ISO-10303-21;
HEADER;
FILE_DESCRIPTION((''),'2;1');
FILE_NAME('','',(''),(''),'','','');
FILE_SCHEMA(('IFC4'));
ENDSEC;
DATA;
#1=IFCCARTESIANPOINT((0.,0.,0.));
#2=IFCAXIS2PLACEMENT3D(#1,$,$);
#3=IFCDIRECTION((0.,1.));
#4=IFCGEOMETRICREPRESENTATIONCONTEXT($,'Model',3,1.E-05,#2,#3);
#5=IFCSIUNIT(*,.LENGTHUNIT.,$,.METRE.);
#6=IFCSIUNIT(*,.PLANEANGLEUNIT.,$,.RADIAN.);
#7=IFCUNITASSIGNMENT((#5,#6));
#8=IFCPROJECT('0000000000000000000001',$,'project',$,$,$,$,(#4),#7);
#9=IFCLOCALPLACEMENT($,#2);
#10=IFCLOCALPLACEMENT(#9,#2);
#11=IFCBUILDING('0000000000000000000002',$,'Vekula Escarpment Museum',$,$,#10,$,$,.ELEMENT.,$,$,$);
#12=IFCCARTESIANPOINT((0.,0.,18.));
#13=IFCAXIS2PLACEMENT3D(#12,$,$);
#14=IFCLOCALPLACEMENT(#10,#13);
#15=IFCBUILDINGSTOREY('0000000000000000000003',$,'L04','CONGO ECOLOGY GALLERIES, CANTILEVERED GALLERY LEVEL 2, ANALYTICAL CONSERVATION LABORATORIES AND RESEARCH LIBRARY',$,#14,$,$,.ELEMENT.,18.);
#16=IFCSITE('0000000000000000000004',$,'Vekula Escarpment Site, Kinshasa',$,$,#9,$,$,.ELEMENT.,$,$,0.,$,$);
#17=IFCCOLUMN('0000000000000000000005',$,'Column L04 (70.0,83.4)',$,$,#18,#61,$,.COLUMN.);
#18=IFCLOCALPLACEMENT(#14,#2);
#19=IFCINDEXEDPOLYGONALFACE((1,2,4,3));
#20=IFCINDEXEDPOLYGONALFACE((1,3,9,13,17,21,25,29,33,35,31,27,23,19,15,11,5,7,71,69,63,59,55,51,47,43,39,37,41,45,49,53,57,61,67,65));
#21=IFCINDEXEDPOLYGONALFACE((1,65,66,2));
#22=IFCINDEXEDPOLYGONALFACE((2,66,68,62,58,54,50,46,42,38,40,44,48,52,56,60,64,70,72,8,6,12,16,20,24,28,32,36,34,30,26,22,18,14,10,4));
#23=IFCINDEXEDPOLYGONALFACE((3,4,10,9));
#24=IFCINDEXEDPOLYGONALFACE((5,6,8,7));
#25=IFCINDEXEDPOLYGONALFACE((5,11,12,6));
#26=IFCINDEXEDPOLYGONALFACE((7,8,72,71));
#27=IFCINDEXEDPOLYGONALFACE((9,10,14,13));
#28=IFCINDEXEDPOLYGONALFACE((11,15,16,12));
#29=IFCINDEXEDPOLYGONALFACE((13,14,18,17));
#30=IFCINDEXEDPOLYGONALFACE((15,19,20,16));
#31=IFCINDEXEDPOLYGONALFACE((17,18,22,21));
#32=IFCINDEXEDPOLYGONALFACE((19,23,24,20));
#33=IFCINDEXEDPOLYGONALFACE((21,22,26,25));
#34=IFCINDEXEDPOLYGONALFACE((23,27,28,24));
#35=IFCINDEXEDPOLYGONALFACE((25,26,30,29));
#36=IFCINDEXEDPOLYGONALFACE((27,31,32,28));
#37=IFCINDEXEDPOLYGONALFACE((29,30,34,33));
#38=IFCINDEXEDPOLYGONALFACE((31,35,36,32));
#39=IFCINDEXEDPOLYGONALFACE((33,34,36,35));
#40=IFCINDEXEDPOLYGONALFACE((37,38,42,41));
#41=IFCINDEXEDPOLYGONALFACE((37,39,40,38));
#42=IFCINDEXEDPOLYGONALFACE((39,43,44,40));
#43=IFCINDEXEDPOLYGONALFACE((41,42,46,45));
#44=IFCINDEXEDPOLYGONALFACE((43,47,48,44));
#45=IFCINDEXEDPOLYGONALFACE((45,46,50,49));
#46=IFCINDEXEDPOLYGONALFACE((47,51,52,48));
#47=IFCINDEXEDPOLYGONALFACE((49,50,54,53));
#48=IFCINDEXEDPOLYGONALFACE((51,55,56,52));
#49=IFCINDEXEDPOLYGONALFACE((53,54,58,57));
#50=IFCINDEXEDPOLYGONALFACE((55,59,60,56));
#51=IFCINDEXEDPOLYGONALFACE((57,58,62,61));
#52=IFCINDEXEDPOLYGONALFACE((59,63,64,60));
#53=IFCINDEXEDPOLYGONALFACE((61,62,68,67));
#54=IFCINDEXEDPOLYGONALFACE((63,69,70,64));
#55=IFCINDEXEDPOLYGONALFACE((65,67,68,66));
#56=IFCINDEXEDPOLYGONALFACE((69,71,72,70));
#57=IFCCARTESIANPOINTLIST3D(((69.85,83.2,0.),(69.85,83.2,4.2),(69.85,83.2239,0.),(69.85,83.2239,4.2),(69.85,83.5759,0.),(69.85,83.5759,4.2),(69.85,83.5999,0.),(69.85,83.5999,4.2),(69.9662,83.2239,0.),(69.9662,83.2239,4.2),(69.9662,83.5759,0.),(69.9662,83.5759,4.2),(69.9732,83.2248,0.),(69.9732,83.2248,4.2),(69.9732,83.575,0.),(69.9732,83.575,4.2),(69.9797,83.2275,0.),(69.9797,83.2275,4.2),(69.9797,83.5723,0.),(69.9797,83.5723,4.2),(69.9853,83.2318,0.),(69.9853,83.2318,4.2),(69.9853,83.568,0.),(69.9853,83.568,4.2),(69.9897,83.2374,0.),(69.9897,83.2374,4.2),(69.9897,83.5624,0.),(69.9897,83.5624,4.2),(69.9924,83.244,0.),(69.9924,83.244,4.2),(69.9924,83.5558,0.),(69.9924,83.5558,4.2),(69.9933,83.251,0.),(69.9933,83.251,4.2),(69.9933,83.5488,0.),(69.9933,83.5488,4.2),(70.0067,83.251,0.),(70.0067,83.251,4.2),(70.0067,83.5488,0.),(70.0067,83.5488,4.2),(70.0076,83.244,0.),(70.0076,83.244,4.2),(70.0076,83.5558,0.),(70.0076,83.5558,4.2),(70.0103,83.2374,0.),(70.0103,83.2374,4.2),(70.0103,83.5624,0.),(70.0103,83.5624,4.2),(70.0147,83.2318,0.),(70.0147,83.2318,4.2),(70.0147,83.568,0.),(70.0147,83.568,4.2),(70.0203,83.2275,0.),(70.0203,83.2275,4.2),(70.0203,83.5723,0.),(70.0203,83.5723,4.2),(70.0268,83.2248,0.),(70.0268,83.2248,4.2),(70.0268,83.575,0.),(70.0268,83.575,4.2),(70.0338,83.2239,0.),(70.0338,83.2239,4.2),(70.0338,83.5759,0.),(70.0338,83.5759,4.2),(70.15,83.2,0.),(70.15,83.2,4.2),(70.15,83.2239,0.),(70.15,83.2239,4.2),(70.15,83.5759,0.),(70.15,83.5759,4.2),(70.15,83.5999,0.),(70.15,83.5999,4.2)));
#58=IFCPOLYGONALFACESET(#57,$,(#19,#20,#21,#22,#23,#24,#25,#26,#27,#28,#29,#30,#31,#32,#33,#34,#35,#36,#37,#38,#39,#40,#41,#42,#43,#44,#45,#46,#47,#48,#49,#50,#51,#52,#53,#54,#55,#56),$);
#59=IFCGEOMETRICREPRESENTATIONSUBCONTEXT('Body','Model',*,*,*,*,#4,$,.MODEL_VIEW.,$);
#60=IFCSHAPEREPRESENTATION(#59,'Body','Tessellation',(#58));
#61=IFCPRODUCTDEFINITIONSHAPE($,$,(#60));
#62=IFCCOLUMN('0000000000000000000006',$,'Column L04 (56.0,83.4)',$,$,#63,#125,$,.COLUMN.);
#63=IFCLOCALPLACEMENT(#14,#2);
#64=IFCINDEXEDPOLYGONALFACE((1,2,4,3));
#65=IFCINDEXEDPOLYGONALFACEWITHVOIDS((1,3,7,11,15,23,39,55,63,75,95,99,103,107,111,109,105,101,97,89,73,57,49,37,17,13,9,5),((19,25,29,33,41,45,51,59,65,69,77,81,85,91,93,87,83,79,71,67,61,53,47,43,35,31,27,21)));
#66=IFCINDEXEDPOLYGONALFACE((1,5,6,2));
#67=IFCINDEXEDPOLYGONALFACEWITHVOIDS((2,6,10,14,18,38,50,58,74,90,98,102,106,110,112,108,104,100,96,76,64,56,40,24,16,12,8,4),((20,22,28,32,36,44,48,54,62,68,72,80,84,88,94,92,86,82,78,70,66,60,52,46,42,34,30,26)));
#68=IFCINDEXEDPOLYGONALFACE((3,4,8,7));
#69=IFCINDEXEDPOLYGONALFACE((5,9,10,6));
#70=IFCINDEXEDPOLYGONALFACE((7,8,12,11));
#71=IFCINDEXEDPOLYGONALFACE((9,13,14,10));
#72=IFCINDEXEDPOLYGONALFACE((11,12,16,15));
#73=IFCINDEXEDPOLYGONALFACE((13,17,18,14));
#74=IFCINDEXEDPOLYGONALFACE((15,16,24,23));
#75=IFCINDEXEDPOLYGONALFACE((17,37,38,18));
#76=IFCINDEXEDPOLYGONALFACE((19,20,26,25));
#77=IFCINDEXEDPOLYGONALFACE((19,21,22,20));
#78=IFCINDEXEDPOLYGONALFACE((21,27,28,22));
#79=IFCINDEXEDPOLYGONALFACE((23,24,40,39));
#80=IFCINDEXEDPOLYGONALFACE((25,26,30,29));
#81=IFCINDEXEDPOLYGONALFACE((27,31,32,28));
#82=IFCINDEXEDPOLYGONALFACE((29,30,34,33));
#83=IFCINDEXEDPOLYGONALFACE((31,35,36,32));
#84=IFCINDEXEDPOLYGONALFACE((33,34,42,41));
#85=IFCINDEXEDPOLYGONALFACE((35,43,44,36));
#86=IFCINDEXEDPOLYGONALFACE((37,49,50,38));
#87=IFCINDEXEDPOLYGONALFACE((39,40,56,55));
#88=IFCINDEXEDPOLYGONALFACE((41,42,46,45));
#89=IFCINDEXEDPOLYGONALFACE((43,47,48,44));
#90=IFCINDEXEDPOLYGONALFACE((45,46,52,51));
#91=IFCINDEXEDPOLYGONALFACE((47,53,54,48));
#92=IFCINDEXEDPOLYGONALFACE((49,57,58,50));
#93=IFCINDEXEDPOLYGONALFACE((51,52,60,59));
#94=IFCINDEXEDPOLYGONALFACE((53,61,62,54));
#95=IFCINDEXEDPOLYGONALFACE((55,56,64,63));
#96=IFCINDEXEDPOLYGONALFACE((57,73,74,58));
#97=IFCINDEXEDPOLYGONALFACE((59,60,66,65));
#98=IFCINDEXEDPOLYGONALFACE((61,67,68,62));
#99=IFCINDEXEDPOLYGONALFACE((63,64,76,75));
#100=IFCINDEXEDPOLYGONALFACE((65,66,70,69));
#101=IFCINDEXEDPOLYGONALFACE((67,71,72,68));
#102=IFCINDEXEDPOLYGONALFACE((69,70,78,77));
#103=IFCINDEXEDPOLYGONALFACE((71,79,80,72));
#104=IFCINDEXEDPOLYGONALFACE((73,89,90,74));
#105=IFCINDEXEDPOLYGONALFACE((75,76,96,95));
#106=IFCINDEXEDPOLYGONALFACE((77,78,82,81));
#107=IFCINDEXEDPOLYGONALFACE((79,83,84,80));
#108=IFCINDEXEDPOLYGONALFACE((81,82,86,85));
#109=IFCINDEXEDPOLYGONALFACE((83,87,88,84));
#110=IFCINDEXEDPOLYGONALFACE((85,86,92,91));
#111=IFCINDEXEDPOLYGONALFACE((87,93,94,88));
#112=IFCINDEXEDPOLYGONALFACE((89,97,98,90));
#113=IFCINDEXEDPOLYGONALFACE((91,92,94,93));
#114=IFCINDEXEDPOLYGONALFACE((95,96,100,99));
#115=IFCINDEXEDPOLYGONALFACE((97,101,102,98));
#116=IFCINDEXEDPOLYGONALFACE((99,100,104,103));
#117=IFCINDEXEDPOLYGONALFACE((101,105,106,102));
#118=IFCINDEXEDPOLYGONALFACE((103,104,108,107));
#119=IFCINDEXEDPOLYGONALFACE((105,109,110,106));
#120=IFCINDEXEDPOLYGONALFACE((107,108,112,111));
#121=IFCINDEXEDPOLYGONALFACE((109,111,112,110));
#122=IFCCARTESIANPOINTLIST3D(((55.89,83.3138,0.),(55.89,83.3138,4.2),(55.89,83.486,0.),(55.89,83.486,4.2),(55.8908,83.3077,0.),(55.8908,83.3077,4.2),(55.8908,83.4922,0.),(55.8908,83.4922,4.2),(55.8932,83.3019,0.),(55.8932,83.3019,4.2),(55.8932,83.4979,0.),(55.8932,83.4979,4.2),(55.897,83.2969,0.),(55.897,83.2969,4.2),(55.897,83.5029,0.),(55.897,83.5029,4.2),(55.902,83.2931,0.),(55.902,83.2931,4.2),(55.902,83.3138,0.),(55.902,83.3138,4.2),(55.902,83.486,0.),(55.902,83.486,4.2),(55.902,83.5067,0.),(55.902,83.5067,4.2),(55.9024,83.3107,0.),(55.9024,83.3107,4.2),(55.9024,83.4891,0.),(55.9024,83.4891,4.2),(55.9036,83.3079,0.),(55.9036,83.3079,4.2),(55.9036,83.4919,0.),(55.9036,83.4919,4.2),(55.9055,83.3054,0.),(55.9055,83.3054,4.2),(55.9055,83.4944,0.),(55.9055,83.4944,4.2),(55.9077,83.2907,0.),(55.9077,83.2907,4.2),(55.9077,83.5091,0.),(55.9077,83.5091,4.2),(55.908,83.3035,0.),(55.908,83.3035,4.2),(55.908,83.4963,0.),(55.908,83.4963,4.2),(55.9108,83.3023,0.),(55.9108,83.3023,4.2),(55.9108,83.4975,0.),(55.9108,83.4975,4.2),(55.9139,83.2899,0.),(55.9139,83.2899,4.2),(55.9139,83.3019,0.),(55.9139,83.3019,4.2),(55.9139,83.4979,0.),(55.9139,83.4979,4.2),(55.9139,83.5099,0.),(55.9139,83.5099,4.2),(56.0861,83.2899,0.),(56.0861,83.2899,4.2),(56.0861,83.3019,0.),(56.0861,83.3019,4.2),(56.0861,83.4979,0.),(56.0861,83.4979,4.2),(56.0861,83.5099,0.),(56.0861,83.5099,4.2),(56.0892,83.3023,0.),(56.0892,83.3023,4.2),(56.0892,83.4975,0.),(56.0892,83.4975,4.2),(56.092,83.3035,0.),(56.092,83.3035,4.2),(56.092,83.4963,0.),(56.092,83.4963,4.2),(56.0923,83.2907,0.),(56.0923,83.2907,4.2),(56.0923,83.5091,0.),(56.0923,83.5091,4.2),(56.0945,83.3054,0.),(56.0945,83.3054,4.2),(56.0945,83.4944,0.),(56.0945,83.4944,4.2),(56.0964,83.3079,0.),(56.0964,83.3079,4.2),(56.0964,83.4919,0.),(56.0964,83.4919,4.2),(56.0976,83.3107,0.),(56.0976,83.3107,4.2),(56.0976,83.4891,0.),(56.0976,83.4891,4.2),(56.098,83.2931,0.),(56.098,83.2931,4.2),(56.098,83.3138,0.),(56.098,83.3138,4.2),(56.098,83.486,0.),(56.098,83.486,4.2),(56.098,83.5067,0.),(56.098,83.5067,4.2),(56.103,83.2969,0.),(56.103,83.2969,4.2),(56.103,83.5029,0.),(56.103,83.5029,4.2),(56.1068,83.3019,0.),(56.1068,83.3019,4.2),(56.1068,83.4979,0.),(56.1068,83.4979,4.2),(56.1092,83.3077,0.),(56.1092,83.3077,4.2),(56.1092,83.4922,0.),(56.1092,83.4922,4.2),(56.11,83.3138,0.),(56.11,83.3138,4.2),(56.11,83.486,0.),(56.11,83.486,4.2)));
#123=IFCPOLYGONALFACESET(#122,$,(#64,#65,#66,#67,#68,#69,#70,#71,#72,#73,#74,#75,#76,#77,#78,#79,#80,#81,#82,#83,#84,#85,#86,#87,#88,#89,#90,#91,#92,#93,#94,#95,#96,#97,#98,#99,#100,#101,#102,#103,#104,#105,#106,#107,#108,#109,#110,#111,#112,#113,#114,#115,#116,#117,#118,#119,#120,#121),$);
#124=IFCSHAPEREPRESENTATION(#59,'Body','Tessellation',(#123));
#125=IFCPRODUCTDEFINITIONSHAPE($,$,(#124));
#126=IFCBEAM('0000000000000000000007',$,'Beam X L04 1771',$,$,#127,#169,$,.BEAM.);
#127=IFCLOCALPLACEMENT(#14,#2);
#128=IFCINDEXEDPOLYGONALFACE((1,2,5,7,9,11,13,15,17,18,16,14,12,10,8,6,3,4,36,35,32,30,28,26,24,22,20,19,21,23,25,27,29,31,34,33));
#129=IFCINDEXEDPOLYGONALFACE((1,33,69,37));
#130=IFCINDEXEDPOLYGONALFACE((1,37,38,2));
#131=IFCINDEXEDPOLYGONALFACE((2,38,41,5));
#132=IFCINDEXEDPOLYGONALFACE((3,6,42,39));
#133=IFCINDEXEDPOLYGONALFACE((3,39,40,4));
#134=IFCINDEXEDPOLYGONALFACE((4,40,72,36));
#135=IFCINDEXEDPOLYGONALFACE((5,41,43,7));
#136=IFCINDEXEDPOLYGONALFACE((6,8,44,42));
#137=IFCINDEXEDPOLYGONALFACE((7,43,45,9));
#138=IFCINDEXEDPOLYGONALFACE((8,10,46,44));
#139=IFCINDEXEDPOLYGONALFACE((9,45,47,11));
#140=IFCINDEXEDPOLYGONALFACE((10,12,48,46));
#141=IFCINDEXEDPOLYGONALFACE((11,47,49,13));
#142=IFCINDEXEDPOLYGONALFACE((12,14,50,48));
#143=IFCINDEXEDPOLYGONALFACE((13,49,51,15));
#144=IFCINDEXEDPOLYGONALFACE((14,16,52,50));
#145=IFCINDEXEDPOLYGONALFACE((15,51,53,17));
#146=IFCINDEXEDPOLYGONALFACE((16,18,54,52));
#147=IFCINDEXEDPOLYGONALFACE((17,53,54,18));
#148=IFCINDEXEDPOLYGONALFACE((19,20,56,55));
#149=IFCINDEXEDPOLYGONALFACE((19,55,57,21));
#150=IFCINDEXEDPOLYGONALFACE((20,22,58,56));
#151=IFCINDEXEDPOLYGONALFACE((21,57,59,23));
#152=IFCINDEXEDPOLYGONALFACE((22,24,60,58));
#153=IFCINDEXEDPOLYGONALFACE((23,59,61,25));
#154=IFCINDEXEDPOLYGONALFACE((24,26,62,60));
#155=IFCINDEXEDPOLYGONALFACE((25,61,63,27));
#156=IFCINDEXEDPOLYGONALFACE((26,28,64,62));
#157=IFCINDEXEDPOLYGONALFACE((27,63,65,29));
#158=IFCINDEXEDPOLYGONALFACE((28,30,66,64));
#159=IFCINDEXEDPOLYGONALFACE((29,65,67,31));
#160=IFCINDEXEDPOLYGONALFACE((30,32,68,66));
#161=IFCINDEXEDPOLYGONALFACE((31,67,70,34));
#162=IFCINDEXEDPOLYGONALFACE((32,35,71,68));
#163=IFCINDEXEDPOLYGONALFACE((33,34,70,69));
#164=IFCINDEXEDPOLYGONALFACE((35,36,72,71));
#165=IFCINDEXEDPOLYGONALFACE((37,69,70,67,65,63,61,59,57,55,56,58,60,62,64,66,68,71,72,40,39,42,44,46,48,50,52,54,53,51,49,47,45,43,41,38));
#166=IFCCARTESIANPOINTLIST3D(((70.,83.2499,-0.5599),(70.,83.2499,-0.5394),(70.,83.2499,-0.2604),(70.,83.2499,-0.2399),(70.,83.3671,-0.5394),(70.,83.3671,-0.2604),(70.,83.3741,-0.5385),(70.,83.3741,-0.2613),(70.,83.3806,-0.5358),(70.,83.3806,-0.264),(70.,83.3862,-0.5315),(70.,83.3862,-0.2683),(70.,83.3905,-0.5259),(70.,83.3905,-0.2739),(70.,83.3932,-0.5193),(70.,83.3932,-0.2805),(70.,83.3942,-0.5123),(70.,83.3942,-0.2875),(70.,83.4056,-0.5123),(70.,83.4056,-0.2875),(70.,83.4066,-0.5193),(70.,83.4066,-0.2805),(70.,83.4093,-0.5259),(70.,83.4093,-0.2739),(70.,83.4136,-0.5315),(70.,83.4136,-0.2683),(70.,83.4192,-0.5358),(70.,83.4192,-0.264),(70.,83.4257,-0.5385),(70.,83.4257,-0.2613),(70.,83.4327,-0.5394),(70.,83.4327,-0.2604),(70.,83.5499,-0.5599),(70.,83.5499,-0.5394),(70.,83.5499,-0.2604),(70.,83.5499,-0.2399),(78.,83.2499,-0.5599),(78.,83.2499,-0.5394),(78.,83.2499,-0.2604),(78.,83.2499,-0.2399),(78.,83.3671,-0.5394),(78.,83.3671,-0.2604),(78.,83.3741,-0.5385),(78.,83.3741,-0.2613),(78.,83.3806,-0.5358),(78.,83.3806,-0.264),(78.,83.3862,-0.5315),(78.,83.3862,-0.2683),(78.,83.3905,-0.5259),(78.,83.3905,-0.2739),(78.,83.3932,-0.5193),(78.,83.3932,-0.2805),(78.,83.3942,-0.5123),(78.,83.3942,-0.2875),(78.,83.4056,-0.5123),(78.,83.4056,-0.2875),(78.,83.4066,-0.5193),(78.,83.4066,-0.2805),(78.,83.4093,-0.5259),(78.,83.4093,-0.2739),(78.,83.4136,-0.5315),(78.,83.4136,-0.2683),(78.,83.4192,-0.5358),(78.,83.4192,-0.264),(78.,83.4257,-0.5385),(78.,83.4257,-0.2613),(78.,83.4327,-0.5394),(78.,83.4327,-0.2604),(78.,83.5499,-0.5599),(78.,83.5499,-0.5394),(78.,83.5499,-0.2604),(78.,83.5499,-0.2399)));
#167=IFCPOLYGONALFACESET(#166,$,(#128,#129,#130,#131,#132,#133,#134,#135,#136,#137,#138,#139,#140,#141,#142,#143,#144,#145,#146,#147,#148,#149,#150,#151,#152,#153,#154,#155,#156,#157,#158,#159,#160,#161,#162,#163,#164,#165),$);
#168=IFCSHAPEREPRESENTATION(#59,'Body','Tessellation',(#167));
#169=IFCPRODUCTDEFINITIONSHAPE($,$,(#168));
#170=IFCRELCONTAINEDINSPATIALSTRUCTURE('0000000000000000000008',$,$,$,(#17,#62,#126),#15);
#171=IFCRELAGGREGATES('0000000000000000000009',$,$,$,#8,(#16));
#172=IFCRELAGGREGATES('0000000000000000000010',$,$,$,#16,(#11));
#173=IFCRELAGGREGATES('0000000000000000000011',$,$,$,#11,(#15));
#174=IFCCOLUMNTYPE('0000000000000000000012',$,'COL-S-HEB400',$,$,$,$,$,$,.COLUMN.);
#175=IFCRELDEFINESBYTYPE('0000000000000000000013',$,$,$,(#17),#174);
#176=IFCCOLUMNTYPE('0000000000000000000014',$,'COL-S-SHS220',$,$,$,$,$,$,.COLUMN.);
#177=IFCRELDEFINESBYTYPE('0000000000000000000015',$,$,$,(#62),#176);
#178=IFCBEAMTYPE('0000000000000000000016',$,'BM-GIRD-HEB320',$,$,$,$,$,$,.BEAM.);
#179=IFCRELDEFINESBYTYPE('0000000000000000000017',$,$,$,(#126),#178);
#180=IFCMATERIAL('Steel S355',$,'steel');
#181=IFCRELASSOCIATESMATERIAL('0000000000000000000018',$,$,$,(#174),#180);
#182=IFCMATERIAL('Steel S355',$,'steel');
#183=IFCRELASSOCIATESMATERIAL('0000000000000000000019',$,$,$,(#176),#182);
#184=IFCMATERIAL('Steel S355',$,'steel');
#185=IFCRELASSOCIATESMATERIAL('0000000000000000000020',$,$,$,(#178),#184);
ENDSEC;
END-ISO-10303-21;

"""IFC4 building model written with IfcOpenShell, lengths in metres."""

from ifc_helpers import new_model, si_unit, direction, frame, origin, origin_2d, place, context, subcontext, project, spatial, hollow_rectangle, i_section, extrude, material, material_profile, profile_set, type_object, element, save


model = new_model("IFC4")

# Units and contexts
model_context = context("Model", 3, precision=1e-05, world=origin(), true_north=direction((0.0, 1.0)))
body_context = subcontext(model_context, "Body", "Model", "MODEL_VIEW")
ifc_project = project(units=[si_unit("LENGTHUNIT", "METRE"), si_unit("PLANEANGLEUNIT", "RADIAN")], contexts=[model_context])

# Site, building, storey
site_placement = place(None, origin())
site = spatial("IfcSite", under=ifc_project, at=site_placement, Name="Vekula Escarpment Site, Kinshasa", CompositionType="ELEMENT", RefElevation=0.0)
building_placement = place(site_placement, origin())
building = spatial("IfcBuilding", under=site, at=building_placement, Name="Vekula Escarpment Museum", CompositionType="ELEMENT")
storey_placement = place(building_placement, frame((0.0, 0.0, 18.0)))
storey = spatial("IfcBuildingStorey", under=building, at=storey_placement, Name="L04", Description="CONGO ECOLOGY GALLERIES, CANTILEVERED GALLERY LEVEL 2, ANALYTICAL CONSERVATION LABORATORIES AND RESEARCH LIBRARY", CompositionType="ELEMENT", Elevation=18.0)

# Columns
ifc_material_1 = material(Name="Steel S355", Category="steel")
ifc_material_profile_1 = material_profile(ifc_material_1, i_section(OverallWidth=0.3, OverallDepth=0.3999, WebThickness=0.0134, FlangeThickness=0.0239, FilletRadius=0.0271, at=origin_2d()), Name="HEB 400")
ifc_profile_set_1 = profile_set([ifc_material_profile_1], Name="Steel S355")
column_type_1 = type_object("IfcColumnType", Name="COL-S-HEB400", PredefinedType="COLUMN", material=ifc_profile_set_1)
column_1_placement = place(storey_placement, frame((70.0, 83.3999, 0.0), z_axis=(0.0, 0.0, 1.0), x_axis=(1.0, 0.0, 0.0)))
element("IfcColumn", 1, at=column_1_placement, inside=storey, type_object=column_type_1, Name="Column L04 (70.0,83.4)", PredefinedType="COLUMN", context=body_context, shape_type="SweptSolid", body=[
    extrude(i_section(OverallWidth=0.3, OverallDepth=0.3999, WebThickness=0.0134, FlangeThickness=0.0239, FilletRadius=0.0271, at=origin_2d()), origin(), (0.0, 0.0, 1.0), 4.2),
])
ifc_material_2 = material(Name="Steel S355", Category="steel")
ifc_material_profile_2 = material_profile(ifc_material_2, hollow_rectangle(XDim=0.22, YDim=0.22, WallThickness=0.012, InnerFilletRadius=0.012, OuterFilletRadius=0.0239, at=origin_2d()), Name="SHS 220x220x12")
ifc_profile_set_2 = profile_set([ifc_material_profile_2], Name="Steel S355")
column_type_2 = type_object("IfcColumnType", Name="COL-S-SHS220", PredefinedType="COLUMN", material=ifc_profile_set_2)
column_2_placement = place(storey_placement, frame((56.0, 83.3999, 0.0), z_axis=(0.0, 0.0, 1.0), x_axis=(1.0, 0.0, 0.0)))
element("IfcColumn", 2, at=column_2_placement, inside=storey, type_object=column_type_2, Name="Column L04 (56.0,83.4)", PredefinedType="COLUMN", context=body_context, shape_type="SweptSolid", body=[
    extrude(hollow_rectangle(XDim=0.22, YDim=0.22, WallThickness=0.012, InnerFilletRadius=0.012, OuterFilletRadius=0.0239, at=origin_2d()), origin(), (0.0, 0.0, 1.0), 4.2),
])

# Beam
ifc_material_3 = material(Name="Steel S355", Category="steel")
ifc_material_profile_3 = material_profile(ifc_material_3, i_section(OverallWidth=0.3, OverallDepth=0.3201, WebThickness=0.0115, FlangeThickness=0.0205, FilletRadius=0.0271, at=origin_2d()), Name="HEB 320")
ifc_profile_set_3 = profile_set([ifc_material_profile_3], Name="Steel S355")
beam_type_1 = type_object("IfcBeamType", Name="BM-GIRD-HEB320", PredefinedType="BEAM", material=ifc_profile_set_3)
beam_1_placement = place(storey_placement, frame((70.0, 83.3999, -0.3999), z_axis=(1.0, 0.0, 0.0), x_axis=(0.0, 1.0, 0.0)))
element("IfcBeam", 3, at=beam_1_placement, inside=storey, type_object=beam_type_1, Name="Beam X L04 1771", PredefinedType="BEAM", context=body_context, shape_type="SweptSolid", body=[
    extrude(i_section(OverallWidth=0.3, OverallDepth=0.3201, WebThickness=0.0115, FlangeThickness=0.0205, FilletRadius=0.0271, at=origin_2d()), origin(), (0.0, 0.0, 1.0), 8.0),
])

save(model, "model.ifc")
